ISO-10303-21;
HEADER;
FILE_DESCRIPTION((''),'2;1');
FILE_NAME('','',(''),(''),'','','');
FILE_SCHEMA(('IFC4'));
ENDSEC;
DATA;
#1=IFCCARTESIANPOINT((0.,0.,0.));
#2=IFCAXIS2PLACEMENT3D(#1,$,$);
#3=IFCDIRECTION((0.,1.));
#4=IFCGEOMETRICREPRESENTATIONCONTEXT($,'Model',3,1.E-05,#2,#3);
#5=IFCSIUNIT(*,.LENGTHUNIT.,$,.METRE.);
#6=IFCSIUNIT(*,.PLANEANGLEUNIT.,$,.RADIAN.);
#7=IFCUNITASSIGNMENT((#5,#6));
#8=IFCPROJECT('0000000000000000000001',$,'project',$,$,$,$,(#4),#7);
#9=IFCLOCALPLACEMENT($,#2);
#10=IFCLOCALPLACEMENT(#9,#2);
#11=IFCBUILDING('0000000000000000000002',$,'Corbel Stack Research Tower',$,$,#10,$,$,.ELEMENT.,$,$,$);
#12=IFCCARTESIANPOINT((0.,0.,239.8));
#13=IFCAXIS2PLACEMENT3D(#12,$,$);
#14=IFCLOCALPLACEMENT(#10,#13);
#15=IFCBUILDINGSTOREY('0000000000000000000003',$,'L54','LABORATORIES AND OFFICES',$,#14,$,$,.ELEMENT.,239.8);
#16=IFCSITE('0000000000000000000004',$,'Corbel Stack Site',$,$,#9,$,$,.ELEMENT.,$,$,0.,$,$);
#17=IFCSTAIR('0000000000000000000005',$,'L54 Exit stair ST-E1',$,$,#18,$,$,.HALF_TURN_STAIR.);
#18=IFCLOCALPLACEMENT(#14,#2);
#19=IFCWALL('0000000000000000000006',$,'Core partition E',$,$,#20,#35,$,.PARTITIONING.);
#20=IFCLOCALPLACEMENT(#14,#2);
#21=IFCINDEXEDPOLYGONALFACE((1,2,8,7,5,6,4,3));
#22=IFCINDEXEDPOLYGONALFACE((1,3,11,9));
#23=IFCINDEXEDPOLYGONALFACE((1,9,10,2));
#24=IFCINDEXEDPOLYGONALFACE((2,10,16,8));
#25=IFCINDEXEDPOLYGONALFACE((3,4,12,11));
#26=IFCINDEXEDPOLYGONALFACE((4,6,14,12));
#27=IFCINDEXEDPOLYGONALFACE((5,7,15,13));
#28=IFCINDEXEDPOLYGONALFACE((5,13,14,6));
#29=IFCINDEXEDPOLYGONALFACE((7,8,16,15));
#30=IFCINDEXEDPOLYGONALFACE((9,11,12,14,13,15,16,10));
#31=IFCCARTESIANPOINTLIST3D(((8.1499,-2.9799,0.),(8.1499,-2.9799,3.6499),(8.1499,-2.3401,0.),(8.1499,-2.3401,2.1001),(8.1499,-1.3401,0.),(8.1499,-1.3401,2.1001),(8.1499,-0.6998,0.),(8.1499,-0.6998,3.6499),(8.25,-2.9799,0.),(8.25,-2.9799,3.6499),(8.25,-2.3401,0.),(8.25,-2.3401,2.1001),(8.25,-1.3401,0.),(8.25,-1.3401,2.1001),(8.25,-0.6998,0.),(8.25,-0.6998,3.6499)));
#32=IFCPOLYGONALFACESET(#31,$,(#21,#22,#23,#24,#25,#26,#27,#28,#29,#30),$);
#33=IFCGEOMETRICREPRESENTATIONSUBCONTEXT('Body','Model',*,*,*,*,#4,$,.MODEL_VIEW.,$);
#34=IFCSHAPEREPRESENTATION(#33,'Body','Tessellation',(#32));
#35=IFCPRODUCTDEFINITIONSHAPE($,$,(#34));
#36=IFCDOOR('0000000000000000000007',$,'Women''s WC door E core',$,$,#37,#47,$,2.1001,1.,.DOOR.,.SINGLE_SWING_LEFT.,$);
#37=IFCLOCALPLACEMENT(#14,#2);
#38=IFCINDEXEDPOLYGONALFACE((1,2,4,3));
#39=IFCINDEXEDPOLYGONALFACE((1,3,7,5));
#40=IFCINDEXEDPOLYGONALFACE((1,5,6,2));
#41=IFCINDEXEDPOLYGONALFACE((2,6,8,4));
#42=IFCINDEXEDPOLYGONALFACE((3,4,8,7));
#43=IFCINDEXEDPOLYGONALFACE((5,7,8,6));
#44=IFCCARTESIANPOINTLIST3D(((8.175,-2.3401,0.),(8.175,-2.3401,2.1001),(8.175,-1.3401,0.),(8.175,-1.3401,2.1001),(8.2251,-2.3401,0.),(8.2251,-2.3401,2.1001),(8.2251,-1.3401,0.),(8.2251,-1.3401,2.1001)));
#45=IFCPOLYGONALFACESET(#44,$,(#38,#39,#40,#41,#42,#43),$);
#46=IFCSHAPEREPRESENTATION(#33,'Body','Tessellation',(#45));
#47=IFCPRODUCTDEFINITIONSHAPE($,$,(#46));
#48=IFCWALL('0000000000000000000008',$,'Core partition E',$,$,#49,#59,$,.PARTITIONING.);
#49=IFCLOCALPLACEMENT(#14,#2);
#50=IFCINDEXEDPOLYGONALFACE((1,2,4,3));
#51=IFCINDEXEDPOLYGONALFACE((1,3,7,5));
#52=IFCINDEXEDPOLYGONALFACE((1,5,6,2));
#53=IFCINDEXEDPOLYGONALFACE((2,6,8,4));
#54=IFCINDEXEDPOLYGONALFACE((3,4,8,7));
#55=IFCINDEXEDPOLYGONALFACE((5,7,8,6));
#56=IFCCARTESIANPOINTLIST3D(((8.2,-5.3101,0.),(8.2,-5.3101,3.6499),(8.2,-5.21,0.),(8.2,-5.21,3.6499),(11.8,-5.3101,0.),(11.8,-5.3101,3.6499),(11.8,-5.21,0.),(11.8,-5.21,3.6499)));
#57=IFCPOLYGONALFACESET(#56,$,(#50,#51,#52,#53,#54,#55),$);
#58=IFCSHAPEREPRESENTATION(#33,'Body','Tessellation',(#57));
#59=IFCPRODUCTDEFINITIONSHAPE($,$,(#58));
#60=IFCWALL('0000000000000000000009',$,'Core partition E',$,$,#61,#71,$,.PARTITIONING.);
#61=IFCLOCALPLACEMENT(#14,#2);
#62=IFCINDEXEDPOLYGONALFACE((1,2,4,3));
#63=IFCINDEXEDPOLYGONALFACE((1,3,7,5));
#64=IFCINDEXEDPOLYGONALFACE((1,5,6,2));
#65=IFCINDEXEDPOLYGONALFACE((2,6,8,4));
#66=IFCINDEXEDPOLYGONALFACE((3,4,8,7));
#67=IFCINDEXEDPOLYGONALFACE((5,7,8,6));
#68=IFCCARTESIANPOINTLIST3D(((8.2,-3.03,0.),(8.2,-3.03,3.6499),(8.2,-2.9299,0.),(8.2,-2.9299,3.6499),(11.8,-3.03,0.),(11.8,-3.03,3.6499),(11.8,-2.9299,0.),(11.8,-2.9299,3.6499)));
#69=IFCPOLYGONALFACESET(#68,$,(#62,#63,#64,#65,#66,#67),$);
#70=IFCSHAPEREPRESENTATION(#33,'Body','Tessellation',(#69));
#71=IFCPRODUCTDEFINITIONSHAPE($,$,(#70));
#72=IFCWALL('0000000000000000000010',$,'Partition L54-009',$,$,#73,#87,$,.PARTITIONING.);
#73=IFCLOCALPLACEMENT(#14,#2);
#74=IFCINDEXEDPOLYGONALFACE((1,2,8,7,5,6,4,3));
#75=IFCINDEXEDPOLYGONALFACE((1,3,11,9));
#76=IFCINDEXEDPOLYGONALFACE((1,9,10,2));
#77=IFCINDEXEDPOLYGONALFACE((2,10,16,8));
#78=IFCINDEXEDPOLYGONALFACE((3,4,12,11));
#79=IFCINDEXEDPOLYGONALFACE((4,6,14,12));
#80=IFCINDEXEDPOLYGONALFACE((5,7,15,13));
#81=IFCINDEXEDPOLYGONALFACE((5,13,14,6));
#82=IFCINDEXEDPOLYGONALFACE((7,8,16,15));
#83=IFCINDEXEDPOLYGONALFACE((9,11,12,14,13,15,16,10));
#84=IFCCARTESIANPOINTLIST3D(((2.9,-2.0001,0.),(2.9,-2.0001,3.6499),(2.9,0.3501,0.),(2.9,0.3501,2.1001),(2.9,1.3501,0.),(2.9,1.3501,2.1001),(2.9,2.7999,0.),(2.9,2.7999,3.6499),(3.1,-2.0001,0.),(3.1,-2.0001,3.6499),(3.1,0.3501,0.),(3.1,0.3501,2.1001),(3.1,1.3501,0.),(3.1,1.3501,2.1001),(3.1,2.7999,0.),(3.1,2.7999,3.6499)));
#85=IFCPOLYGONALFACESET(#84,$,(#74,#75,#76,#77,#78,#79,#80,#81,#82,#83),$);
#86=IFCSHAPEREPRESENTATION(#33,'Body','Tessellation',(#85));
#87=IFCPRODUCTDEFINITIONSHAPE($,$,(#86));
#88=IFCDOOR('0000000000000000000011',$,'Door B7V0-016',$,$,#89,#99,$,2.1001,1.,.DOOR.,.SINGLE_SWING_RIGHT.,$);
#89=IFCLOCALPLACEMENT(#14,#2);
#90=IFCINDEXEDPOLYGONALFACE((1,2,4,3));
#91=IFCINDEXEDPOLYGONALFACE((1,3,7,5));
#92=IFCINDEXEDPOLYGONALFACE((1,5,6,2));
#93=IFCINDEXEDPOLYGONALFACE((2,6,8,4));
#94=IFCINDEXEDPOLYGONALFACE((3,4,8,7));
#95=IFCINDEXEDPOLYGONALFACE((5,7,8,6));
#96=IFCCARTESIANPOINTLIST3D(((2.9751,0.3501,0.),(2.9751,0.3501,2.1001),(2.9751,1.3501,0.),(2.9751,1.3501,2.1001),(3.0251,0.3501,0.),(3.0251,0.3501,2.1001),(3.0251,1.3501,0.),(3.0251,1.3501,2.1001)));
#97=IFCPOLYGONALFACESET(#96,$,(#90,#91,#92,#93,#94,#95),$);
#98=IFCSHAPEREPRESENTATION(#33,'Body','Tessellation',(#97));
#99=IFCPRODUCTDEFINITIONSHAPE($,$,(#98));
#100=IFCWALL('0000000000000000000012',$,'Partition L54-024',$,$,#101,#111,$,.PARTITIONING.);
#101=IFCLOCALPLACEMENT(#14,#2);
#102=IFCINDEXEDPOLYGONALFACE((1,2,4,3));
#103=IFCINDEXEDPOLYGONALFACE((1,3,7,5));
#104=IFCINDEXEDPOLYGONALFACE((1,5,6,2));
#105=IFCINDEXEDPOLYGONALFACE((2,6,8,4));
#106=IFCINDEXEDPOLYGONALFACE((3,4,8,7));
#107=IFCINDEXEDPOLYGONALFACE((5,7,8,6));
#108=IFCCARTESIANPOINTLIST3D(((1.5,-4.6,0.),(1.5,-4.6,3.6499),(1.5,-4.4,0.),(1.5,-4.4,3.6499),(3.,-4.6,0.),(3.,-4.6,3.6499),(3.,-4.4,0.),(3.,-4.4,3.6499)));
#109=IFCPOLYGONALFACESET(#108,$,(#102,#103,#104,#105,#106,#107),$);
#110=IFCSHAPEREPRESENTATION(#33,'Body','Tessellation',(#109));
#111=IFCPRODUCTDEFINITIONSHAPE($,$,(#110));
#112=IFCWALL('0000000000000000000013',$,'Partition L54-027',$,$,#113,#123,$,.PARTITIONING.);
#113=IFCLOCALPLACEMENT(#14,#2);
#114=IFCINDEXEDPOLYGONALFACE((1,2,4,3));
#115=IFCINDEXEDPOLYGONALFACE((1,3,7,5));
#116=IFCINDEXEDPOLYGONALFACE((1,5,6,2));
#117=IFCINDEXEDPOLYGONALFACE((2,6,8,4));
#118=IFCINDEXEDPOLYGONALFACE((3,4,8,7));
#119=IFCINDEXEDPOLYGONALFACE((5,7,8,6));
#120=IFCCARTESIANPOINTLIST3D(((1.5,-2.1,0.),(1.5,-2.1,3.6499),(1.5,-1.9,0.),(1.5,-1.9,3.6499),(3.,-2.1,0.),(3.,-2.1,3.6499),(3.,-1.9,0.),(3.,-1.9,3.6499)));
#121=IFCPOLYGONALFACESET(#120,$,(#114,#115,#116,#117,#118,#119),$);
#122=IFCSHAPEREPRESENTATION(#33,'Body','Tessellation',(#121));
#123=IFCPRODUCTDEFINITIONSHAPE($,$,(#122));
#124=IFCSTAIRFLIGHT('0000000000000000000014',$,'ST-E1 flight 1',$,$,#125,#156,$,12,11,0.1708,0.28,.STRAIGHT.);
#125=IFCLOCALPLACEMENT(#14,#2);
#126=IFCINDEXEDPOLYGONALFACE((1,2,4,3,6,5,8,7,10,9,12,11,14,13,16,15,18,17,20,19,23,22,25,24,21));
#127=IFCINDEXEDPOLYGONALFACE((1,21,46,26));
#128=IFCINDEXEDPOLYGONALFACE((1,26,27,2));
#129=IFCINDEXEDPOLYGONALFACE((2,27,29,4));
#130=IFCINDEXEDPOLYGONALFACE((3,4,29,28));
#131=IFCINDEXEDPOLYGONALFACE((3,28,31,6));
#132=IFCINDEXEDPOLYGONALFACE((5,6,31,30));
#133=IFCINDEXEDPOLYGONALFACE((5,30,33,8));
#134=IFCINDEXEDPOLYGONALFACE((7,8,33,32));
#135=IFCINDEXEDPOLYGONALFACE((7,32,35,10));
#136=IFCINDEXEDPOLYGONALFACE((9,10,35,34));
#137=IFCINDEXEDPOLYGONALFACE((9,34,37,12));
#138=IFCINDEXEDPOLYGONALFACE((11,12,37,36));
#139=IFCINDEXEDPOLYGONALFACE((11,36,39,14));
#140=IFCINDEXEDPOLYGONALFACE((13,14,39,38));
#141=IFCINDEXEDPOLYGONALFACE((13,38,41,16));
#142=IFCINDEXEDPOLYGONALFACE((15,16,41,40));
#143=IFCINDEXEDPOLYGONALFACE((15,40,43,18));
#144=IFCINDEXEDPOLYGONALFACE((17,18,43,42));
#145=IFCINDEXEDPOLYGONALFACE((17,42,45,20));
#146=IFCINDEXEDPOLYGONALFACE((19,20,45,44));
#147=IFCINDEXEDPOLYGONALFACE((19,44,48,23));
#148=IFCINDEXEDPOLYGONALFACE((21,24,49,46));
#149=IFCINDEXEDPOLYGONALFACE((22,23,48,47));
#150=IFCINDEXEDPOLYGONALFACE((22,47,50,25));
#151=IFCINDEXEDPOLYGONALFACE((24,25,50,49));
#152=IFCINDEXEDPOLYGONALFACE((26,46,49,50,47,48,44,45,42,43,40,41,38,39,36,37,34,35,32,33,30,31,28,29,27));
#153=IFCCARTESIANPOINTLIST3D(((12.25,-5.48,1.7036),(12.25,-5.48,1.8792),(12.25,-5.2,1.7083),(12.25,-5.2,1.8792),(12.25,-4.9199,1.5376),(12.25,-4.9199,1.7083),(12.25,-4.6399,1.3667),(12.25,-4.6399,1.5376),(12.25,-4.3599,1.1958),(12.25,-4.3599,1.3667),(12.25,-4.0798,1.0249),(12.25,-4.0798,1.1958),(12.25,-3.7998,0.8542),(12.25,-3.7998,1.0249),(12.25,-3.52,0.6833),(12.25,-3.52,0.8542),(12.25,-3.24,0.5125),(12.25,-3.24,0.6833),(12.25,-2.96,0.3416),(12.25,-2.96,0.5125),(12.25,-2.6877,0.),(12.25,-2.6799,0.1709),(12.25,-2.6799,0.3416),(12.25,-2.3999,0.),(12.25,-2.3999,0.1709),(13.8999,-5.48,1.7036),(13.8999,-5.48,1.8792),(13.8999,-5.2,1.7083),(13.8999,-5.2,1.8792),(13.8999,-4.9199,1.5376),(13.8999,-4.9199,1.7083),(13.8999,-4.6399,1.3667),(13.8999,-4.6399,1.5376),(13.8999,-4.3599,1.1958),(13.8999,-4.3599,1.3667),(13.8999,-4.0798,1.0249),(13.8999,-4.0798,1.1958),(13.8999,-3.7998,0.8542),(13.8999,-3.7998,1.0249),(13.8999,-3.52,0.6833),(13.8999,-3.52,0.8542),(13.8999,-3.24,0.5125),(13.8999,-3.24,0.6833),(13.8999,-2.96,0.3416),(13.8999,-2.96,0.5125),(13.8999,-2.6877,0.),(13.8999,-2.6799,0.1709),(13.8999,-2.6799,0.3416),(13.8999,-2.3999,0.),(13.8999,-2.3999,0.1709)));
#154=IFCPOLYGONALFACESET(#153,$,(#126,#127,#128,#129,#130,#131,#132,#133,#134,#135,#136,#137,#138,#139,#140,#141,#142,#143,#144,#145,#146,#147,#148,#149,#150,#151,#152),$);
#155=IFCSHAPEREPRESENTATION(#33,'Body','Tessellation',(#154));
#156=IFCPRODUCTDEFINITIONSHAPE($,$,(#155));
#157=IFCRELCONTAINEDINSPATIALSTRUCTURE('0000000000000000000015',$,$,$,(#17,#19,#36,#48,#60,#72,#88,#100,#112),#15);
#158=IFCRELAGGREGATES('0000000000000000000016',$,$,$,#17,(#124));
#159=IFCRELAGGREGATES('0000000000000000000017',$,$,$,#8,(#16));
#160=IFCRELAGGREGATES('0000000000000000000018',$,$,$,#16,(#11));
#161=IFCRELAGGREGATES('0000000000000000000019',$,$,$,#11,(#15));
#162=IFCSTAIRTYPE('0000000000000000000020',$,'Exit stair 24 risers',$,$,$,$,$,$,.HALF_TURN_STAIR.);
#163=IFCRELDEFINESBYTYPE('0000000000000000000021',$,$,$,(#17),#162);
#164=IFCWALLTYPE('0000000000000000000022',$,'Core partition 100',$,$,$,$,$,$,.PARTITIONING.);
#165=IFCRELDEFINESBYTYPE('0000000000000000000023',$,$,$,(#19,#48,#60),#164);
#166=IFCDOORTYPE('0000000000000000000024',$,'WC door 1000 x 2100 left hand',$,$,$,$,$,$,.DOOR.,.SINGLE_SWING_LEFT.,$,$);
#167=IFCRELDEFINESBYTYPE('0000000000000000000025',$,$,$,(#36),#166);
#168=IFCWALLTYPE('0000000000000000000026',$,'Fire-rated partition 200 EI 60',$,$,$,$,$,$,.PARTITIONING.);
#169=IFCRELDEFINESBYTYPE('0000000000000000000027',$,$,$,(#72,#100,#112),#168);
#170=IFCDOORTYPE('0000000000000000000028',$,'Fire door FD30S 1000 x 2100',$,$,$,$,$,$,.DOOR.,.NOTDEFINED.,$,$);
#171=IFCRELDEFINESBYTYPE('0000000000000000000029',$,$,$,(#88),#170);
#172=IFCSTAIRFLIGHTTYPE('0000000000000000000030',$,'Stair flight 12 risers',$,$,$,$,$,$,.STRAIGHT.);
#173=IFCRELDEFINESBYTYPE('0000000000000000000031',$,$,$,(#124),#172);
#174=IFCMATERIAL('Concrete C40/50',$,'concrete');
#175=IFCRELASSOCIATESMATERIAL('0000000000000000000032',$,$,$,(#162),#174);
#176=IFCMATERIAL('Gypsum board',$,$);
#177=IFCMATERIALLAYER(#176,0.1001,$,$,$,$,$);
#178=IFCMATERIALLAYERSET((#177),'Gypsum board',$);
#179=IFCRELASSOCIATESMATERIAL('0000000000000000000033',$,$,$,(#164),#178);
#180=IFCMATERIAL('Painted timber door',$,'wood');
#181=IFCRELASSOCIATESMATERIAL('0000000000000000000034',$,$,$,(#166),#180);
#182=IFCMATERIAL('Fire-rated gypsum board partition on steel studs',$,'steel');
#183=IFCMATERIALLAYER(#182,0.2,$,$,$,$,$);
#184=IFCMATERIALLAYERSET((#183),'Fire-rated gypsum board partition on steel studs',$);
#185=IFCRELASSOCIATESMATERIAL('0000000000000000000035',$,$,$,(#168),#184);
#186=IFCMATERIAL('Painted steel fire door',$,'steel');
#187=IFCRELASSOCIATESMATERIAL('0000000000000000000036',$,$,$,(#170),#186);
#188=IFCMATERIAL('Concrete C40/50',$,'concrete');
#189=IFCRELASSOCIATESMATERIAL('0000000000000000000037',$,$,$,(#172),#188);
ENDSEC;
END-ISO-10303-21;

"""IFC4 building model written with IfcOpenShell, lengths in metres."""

from ifc_helpers import new_model, si_unit, direction, frame, frame_2d, origin, place, context, subcontext, project, spatial, polyline, rectangle, outline, extrude, material, layer, layer_set, type_object, element, fill, aggregate, save


model = new_model("IFC4")

# Units and contexts
model_context = context("Model", 3, precision=1e-05, world=origin(), true_north=direction((0.0, 1.0)))
body_context = subcontext(model_context, "Body", "Model", "MODEL_VIEW")
ifc_project = project(units=[si_unit("LENGTHUNIT", "METRE"), si_unit("PLANEANGLEUNIT", "RADIAN")], contexts=[model_context])

# Site, building, storey
site_placement = place(None, origin())
site = spatial("IfcSite", under=ifc_project, at=site_placement, Name="Corbel Stack Site", CompositionType="ELEMENT", RefElevation=0.0)
building_placement = place(site_placement, origin())
building = spatial("IfcBuilding", under=site, at=building_placement, Name="Corbel Stack Research Tower", CompositionType="ELEMENT")
storey_placement = place(building_placement, frame((0.0, 0.0, 239.8)))
storey = spatial("IfcBuildingStorey", under=building, at=storey_placement, Name="L54", Description="LABORATORIES AND OFFICES", CompositionType="ELEMENT", Elevation=239.8)

# Stair
ifc_material_1 = material(Name="Concrete C40/50", Category="concrete")
stair_type = type_object("IfcStairType", Name="Exit stair 24 risers", PredefinedType="HALF_TURN_STAIR", material=ifc_material_1)
stair_1_placement = place(storey_placement, origin())
stair_1 = element("IfcStair", 1, at=stair_1_placement, inside=storey, type_object=stair_type, Name="L54 Exit stair ST-E1", PredefinedType="HALF_TURN_STAIR")

# Wall, opening, door
ifc_material_2 = material(Name="Gypsum board")
ifc_layer_1 = layer(ifc_material_2, 0.1001)
ifc_layer_set_1 = layer_set([ifc_layer_1], Name="Gypsum board")
wall_type_1 = type_object("IfcWallType", Name="Core partition 100", PredefinedType="PARTITIONING", material=ifc_layer_set_1)
ifc_material_3 = material(Name="Painted timber door", Category="wood")
door_type_1 = type_object("IfcDoorType", Name="WC door 1000 x 2100 left hand", OperationType="SINGLE_SWING_LEFT", PredefinedType="DOOR", material=ifc_material_3)
wall_1_placement = place(storey_placement, frame((8.2, -2.98, 0.0), z_axis=(0.0, 0.0, 1.0), x_axis=(0.0, 1.0, 0.0)))
wall_1 = element("IfcWall", 2, at=wall_1_placement, inside=storey, type_object=wall_type_1, Name="Core partition E", PredefinedType="PARTITIONING", context=body_context, shape_type="SweptSolid", body=[
    extrude(rectangle(XDim=2.28, YDim=0.1001, at=frame_2d((1.1401, 0.0))), origin(), (0.0, 0.0, 1.0), 3.6499),
])
opening_1_placement = place(wall_1_placement, frame((0.6399, 0.0, 0.0)))
opening_1 = element("IfcOpeningElement", 3, at=opening_1_placement, cuts=wall_1, PredefinedType="OPENING", context=body_context, shape_type="SweptSolid", body=[
    extrude(rectangle(XDim=1.0, YDim=2.1001, at=frame_2d((0.5, 1.05))), frame((0.0, 0.0601, 0.0), z_axis=(0.0, -1.0, 0.0), x_axis=(1.0, 0.0, 0.0)), (0.0, 0.0, 1.0), 0.1201),
])
door_1_placement = place(opening_1_placement, origin())
door_1 = element("IfcDoor", 4, at=door_1_placement, inside=storey, type_object=door_type_1, Name="Women's WC door E core", OperationType="SINGLE_SWING_LEFT", OverallHeight=2.1001, OverallWidth=1.0, PredefinedType="DOOR", context=body_context, shape_type="SweptSolid", body=[
    extrude(rectangle(XDim=1.0, YDim=2.1001, at=frame_2d((0.5, 1.05))), frame((0.0, 0.0249, 0.0), z_axis=(0.0, -1.0, 0.0), x_axis=(1.0, 0.0, 0.0)), (0.0, 0.0, 1.0), 0.05),
])
fill(opening_1, door_1)

# Walls
for number, where, z_axis, x_axis, name in (
    (5, (8.2, -5.26, 0.0), (0.0, 0.0, 1.0), (1.0, 0.0, 0.0), "Core partition E"),
    (6, (8.2, -2.98, 0.0), (0.0, 0.0, 1.0), (1.0, 0.0, 0.0), "Core partition E"),
):
    element("IfcWall", number, at=place(storey_placement, frame(where, z_axis=z_axis, x_axis=x_axis)), inside=storey, type_object=wall_type_1, Name=name, PredefinedType="PARTITIONING", context=body_context, shape_type="SweptSolid", body=[
        extrude(rectangle(XDim=3.6001, YDim=0.1001, at=frame_2d((1.8, 0.0))), origin(), (0.0, 0.0, 1.0), 3.6499),
    ])

# Wall, opening, door
ifc_material_4 = material(Name="Fire-rated gypsum board partition on steel studs", Category="steel")
ifc_layer_2 = layer(ifc_material_4, 0.2)
ifc_layer_set_2 = layer_set([ifc_layer_2], Name="Fire-rated gypsum board partition on steel studs")
wall_type_2 = type_object("IfcWallType", Name="Fire-rated partition 200 EI 60", PredefinedType="PARTITIONING", material=ifc_layer_set_2)
wall_2_placement = place(storey_placement, frame((3.0, -2.0, 0.0), z_axis=(0.0, 0.0, 1.0), x_axis=(0.0, 1.0, 0.0)))
wall_2 = element("IfcWall", 7, at=wall_2_placement, inside=storey, type_object=wall_type_2, Name="Partition L54-009", PredefinedType="PARTITIONING", context=body_context, shape_type="SweptSolid", body=[
    extrude(rectangle(XDim=4.8, YDim=0.2, at=frame_2d((2.3999, 0.0))), origin(), (0.0, 0.0, 1.0), 3.6499),
])
opening_2_placement = place(wall_2_placement, frame((2.3501, 0.0, 0.0)))
opening_2 = element("IfcOpeningElement", 8, at=opening_2_placement, cuts=wall_2, PredefinedType="OPENING", context=body_context, shape_type="SweptSolid", body=[
    extrude(rectangle(XDim=1.0, YDim=2.1001, at=frame_2d((0.5, 1.05))), frame((0.0, 0.1099, 0.0), z_axis=(0.0, -1.0, 0.0), x_axis=(1.0, 0.0, 0.0)), (0.0, 0.0, 1.0), 0.22),
])
ifc_material_5 = material(Name="Painted steel fire door", Category="steel")
door_type_2 = type_object("IfcDoorType", Name="Fire door FD30S 1000 x 2100", OperationType="NOTDEFINED", PredefinedType="DOOR", material=ifc_material_5)
door_2_placement = place(opening_2_placement, origin())
door_2 = element("IfcDoor", 9, at=door_2_placement, inside=storey, type_object=door_type_2, Name="Door B7V0-016", OperationType="SINGLE_SWING_RIGHT", OverallHeight=2.1001, OverallWidth=1.0, PredefinedType="DOOR", context=body_context, shape_type="SweptSolid", body=[
    extrude(rectangle(XDim=1.0, YDim=2.1001, at=frame_2d((0.5, 1.05))), frame((0.0, 0.0249, 0.0), z_axis=(0.0, -1.0, 0.0), x_axis=(1.0, 0.0, 0.0)), (0.0, 0.0, 1.0), 0.05),
])
fill(opening_2, door_2)

# Walls
for number, where, z_axis, x_axis, name in (
    (10, (1.5, -4.5, 0.0), (0.0, 0.0, 1.0), (1.0, 0.0, 0.0), "Partition L54-024"),
    (11, (1.5, -2.0, 0.0), (0.0, 0.0, 1.0), (1.0, 0.0, 0.0), "Partition L54-027"),
):
    element("IfcWall", number, at=place(storey_placement, frame(where, z_axis=z_axis, x_axis=x_axis)), inside=storey, type_object=wall_type_2, Name=name, PredefinedType="PARTITIONING", context=body_context, shape_type="SweptSolid", body=[
        extrude(rectangle(XDim=1.5, YDim=0.2, at=frame_2d((0.75, 0.0))), origin(), (0.0, 0.0, 1.0), 3.6499),
    ])

# Stair flight
ifc_material_6 = material(Name="Concrete C40/50", Category="concrete")
stair_flight_type = type_object("IfcStairFlightType", Name="Stair flight 12 risers", PredefinedType="STRAIGHT", material=ifc_material_6)
stair_flight_placement = place(storey_placement, frame((13.075, -2.3999, 0.0), z_axis=(0.0, 0.0, 1.0), x_axis=(0.0, -1.0, 0.0)))
stair_flight = element("IfcStairFlight", 12, at=stair_flight_placement, type_object=stair_flight_type, Name="ST-E1 flight 1", NumberOfRisers=12, NumberOfTreads=11, PredefinedType="STRAIGHT", RiserHeight=0.1708, TreadLength=0.28, context=body_context, shape_type="SweptSolid", body=[
    extrude(outline(polyline([(0.0, 0.0), (0.0, 0.1709), (0.28, 0.1709), (0.28, 0.3416), (0.5601, 0.3416), (0.5601, 0.5125), (0.8401, 0.5125), (0.8401, 0.6833), (1.1201, 0.6833), (1.1201, 0.8542), (1.3999, 0.8542), (1.3999, 1.0249), (1.6799, 1.0249), (1.6799, 1.1958), (1.96, 1.1958), (1.96, 1.3667), (2.24, 1.3667), (2.24, 1.5376), (2.52, 1.5376), (2.52, 1.7083), (2.8, 1.7083), (2.8, 1.8792), (3.0801, 1.8792), (3.0801, 2.05), (3.0801, 1.7036), (0.2878, 0.0), (0.0, 0.0)])), frame((0.0, 0.825, 0.0), z_axis=(0.0, -1.0, 0.0), x_axis=(1.0, 0.0, 0.0)), (0.0, 0.0, 1.0), 1.6499),
])
aggregate(stair_1, [stair_flight])

save(model, "model.ifc")
